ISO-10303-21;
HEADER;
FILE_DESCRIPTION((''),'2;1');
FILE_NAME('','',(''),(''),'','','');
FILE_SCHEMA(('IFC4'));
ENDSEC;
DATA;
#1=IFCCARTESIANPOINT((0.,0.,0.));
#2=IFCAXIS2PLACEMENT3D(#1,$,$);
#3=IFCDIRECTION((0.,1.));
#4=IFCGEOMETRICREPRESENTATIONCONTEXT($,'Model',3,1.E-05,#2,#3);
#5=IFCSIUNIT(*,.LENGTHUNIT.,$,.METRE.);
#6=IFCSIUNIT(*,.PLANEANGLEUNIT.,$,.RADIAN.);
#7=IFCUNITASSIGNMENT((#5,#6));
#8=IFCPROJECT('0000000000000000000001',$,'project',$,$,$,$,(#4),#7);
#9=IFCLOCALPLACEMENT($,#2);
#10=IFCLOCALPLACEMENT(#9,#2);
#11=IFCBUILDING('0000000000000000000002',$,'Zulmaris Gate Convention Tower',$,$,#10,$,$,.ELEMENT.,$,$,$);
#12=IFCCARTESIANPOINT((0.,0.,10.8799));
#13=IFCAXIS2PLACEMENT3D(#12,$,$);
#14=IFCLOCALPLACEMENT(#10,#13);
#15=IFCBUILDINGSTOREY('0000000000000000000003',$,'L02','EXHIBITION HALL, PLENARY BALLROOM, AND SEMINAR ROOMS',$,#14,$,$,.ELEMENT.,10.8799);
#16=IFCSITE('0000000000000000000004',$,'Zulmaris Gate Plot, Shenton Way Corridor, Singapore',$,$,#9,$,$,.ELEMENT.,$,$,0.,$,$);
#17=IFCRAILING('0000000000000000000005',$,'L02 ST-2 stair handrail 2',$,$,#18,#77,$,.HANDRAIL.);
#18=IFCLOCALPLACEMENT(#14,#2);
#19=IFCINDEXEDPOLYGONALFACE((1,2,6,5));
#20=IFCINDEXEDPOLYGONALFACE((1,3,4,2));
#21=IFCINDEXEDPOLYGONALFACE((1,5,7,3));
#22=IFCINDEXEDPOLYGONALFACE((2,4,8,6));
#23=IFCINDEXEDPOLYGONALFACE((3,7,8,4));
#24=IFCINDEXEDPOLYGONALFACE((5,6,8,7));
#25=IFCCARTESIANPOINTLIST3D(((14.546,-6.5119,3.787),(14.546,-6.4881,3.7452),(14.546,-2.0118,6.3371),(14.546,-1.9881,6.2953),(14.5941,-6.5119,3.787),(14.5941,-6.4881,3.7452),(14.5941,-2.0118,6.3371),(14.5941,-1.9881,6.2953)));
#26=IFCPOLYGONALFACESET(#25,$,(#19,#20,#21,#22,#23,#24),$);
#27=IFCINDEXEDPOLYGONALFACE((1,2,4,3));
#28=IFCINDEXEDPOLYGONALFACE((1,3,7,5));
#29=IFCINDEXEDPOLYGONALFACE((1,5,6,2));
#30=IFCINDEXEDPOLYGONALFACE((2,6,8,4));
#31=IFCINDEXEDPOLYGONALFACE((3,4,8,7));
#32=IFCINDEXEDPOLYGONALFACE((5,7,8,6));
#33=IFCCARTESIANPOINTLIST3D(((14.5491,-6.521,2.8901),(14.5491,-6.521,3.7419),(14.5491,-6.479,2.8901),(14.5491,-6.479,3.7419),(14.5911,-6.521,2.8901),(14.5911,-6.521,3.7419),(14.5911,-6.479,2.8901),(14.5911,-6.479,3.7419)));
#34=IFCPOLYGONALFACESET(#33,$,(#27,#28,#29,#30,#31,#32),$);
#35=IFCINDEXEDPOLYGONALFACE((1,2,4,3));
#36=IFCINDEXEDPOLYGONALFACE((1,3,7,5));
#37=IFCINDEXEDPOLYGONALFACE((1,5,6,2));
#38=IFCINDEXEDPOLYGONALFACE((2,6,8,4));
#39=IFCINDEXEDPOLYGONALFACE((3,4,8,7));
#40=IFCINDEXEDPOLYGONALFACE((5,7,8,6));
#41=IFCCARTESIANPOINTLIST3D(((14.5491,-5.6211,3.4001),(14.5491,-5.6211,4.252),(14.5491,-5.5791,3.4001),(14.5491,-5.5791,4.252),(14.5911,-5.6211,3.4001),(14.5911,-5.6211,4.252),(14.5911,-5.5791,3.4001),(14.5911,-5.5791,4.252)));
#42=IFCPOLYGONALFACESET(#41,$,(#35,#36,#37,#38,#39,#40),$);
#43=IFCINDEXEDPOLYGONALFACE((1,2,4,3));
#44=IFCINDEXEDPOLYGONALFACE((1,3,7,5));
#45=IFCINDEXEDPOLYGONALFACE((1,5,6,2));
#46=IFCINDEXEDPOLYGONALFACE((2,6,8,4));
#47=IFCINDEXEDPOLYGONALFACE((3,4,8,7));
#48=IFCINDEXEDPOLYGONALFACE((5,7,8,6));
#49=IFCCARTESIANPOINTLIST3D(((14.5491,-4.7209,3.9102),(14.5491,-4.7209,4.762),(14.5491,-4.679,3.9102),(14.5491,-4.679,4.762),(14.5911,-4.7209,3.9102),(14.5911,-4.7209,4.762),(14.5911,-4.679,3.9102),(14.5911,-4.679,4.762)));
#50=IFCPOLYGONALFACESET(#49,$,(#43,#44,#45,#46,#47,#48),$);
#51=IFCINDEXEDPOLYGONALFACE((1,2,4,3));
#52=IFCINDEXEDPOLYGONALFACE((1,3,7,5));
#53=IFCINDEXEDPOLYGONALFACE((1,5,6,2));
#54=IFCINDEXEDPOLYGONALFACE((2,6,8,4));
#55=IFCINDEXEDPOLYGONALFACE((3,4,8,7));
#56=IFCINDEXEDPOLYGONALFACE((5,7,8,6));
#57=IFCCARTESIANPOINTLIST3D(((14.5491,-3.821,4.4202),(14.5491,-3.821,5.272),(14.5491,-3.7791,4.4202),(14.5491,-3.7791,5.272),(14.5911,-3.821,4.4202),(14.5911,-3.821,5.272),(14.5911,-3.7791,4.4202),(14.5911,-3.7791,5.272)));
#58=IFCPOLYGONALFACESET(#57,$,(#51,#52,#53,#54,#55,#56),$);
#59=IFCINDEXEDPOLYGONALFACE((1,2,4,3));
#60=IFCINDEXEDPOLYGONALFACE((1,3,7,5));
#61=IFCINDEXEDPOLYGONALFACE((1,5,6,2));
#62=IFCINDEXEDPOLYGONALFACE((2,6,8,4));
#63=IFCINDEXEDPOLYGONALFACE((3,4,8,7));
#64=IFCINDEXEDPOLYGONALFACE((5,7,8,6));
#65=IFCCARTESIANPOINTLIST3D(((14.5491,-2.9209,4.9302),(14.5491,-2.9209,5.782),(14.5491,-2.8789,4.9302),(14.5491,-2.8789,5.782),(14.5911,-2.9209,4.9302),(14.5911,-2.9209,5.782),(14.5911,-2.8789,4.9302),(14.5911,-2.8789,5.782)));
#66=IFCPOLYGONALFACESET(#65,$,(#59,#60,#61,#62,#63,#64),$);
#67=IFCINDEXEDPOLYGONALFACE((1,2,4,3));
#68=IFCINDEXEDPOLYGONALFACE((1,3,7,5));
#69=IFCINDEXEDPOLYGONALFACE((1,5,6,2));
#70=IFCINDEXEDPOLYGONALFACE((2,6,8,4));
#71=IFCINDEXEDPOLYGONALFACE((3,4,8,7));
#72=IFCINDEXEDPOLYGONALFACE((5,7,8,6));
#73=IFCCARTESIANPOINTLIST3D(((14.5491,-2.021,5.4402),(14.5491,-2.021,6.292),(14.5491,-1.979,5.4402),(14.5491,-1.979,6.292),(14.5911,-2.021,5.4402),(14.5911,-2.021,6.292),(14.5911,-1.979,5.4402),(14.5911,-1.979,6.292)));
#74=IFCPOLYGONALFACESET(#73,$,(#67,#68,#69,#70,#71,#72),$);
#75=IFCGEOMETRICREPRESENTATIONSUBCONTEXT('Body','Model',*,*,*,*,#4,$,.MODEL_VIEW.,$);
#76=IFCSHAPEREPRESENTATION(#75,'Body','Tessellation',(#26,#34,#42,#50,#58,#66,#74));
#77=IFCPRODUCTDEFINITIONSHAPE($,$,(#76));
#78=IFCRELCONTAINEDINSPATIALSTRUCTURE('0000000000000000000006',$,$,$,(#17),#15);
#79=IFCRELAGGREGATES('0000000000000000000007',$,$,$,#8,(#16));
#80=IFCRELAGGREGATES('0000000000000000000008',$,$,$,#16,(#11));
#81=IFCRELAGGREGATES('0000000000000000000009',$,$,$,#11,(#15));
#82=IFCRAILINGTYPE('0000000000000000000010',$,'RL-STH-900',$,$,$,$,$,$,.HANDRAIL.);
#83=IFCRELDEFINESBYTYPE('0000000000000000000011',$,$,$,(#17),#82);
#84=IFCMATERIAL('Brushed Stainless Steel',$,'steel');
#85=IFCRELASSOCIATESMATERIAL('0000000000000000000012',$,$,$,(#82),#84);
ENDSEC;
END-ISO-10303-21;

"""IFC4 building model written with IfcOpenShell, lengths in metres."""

from ifc_helpers import new_model, si_unit, direction, frame, origin, origin_2d, place, context, subcontext, project, spatial, rectangle, extrude, material, type_object, element, save


model = new_model("IFC4")

# Units and contexts
model_context = context("Model", 3, precision=1e-05, world=origin(), true_north=direction((0.0, 1.0)))
body_context = subcontext(model_context, "Body", "Model", "MODEL_VIEW")
ifc_project = project(units=[si_unit("LENGTHUNIT", "METRE"), si_unit("PLANEANGLEUNIT", "RADIAN")], contexts=[model_context])

# Site, building, storey
site_placement = place(None, origin())
site = spatial("IfcSite", under=ifc_project, at=site_placement, Name="Zulmaris Gate Plot, Shenton Way Corridor, Singapore", CompositionType="ELEMENT", RefElevation=0.0)
building_placement = place(site_placement, origin())
building = spatial("IfcBuilding", under=site, at=building_placement, Name="Zulmaris Gate Convention Tower", CompositionType="ELEMENT")
storey_placement = place(building_placement, frame((0.0, 0.0, 10.8799)))
storey = spatial("IfcBuildingStorey", under=building, at=storey_placement, Name="L02", Description="EXHIBITION HALL, PLENARY BALLROOM, AND SEMINAR ROOMS", CompositionType="ELEMENT", Elevation=10.8799)

# Railing
ifc_material_1 = material(Name="Brushed Stainless Steel", Category="steel")
railing_type_1 = type_object("IfcRailingType", Name="RL-STH-900", PredefinedType="HANDRAIL", material=ifc_material_1)
railing_1_placement = place(storey_placement, frame((14.5701, -6.5, 2.8901)))
element("IfcRailing", 1, at=railing_1_placement, inside=storey, type_object=railing_type_1, Name="L02 ST-2 stair handrail 2", PredefinedType="HANDRAIL", context=body_context, shape_type="SweptSolid", body=[
    extrude(rectangle(XDim=0.0481, YDim=0.0481, at=origin_2d()), frame((0.0, 0.0, 0.876), z_axis=(0.0, 0.870018, 0.49302), x_axis=(-1.0, 0.0, 0.0)), (0.0, 0.0, 1.0), 5.1724),
    extrude(rectangle(XDim=0.042, YDim=0.042, at=origin_2d()), origin(), (0.0, 0.0, 1.0), 0.8518),
    extrude(rectangle(XDim=0.042, YDim=0.042, at=origin_2d()), frame((0.0, 0.8999, 0.51)), (0.0, 0.0, 1.0), 0.8518),
    extrude(rectangle(XDim=0.042, YDim=0.042, at=origin_2d()), frame((0.0, 1.8, 1.02)), (0.0, 0.0, 1.0), 0.8518),
    extrude(rectangle(XDim=0.042, YDim=0.042, at=origin_2d()), frame((0.0, 2.7, 1.53)), (0.0, 0.0, 1.0), 0.8518),
    extrude(rectangle(XDim=0.042, YDim=0.042, at=origin_2d()), frame((0.0, 3.6001, 2.04)), (0.0, 0.0, 1.0), 0.8518),
    extrude(rectangle(XDim=0.042, YDim=0.042, at=origin_2d()), frame((0.0, 4.5, 2.55)), (0.0, 0.0, 1.0), 0.8518),
])

save(model, "model.ifc")
